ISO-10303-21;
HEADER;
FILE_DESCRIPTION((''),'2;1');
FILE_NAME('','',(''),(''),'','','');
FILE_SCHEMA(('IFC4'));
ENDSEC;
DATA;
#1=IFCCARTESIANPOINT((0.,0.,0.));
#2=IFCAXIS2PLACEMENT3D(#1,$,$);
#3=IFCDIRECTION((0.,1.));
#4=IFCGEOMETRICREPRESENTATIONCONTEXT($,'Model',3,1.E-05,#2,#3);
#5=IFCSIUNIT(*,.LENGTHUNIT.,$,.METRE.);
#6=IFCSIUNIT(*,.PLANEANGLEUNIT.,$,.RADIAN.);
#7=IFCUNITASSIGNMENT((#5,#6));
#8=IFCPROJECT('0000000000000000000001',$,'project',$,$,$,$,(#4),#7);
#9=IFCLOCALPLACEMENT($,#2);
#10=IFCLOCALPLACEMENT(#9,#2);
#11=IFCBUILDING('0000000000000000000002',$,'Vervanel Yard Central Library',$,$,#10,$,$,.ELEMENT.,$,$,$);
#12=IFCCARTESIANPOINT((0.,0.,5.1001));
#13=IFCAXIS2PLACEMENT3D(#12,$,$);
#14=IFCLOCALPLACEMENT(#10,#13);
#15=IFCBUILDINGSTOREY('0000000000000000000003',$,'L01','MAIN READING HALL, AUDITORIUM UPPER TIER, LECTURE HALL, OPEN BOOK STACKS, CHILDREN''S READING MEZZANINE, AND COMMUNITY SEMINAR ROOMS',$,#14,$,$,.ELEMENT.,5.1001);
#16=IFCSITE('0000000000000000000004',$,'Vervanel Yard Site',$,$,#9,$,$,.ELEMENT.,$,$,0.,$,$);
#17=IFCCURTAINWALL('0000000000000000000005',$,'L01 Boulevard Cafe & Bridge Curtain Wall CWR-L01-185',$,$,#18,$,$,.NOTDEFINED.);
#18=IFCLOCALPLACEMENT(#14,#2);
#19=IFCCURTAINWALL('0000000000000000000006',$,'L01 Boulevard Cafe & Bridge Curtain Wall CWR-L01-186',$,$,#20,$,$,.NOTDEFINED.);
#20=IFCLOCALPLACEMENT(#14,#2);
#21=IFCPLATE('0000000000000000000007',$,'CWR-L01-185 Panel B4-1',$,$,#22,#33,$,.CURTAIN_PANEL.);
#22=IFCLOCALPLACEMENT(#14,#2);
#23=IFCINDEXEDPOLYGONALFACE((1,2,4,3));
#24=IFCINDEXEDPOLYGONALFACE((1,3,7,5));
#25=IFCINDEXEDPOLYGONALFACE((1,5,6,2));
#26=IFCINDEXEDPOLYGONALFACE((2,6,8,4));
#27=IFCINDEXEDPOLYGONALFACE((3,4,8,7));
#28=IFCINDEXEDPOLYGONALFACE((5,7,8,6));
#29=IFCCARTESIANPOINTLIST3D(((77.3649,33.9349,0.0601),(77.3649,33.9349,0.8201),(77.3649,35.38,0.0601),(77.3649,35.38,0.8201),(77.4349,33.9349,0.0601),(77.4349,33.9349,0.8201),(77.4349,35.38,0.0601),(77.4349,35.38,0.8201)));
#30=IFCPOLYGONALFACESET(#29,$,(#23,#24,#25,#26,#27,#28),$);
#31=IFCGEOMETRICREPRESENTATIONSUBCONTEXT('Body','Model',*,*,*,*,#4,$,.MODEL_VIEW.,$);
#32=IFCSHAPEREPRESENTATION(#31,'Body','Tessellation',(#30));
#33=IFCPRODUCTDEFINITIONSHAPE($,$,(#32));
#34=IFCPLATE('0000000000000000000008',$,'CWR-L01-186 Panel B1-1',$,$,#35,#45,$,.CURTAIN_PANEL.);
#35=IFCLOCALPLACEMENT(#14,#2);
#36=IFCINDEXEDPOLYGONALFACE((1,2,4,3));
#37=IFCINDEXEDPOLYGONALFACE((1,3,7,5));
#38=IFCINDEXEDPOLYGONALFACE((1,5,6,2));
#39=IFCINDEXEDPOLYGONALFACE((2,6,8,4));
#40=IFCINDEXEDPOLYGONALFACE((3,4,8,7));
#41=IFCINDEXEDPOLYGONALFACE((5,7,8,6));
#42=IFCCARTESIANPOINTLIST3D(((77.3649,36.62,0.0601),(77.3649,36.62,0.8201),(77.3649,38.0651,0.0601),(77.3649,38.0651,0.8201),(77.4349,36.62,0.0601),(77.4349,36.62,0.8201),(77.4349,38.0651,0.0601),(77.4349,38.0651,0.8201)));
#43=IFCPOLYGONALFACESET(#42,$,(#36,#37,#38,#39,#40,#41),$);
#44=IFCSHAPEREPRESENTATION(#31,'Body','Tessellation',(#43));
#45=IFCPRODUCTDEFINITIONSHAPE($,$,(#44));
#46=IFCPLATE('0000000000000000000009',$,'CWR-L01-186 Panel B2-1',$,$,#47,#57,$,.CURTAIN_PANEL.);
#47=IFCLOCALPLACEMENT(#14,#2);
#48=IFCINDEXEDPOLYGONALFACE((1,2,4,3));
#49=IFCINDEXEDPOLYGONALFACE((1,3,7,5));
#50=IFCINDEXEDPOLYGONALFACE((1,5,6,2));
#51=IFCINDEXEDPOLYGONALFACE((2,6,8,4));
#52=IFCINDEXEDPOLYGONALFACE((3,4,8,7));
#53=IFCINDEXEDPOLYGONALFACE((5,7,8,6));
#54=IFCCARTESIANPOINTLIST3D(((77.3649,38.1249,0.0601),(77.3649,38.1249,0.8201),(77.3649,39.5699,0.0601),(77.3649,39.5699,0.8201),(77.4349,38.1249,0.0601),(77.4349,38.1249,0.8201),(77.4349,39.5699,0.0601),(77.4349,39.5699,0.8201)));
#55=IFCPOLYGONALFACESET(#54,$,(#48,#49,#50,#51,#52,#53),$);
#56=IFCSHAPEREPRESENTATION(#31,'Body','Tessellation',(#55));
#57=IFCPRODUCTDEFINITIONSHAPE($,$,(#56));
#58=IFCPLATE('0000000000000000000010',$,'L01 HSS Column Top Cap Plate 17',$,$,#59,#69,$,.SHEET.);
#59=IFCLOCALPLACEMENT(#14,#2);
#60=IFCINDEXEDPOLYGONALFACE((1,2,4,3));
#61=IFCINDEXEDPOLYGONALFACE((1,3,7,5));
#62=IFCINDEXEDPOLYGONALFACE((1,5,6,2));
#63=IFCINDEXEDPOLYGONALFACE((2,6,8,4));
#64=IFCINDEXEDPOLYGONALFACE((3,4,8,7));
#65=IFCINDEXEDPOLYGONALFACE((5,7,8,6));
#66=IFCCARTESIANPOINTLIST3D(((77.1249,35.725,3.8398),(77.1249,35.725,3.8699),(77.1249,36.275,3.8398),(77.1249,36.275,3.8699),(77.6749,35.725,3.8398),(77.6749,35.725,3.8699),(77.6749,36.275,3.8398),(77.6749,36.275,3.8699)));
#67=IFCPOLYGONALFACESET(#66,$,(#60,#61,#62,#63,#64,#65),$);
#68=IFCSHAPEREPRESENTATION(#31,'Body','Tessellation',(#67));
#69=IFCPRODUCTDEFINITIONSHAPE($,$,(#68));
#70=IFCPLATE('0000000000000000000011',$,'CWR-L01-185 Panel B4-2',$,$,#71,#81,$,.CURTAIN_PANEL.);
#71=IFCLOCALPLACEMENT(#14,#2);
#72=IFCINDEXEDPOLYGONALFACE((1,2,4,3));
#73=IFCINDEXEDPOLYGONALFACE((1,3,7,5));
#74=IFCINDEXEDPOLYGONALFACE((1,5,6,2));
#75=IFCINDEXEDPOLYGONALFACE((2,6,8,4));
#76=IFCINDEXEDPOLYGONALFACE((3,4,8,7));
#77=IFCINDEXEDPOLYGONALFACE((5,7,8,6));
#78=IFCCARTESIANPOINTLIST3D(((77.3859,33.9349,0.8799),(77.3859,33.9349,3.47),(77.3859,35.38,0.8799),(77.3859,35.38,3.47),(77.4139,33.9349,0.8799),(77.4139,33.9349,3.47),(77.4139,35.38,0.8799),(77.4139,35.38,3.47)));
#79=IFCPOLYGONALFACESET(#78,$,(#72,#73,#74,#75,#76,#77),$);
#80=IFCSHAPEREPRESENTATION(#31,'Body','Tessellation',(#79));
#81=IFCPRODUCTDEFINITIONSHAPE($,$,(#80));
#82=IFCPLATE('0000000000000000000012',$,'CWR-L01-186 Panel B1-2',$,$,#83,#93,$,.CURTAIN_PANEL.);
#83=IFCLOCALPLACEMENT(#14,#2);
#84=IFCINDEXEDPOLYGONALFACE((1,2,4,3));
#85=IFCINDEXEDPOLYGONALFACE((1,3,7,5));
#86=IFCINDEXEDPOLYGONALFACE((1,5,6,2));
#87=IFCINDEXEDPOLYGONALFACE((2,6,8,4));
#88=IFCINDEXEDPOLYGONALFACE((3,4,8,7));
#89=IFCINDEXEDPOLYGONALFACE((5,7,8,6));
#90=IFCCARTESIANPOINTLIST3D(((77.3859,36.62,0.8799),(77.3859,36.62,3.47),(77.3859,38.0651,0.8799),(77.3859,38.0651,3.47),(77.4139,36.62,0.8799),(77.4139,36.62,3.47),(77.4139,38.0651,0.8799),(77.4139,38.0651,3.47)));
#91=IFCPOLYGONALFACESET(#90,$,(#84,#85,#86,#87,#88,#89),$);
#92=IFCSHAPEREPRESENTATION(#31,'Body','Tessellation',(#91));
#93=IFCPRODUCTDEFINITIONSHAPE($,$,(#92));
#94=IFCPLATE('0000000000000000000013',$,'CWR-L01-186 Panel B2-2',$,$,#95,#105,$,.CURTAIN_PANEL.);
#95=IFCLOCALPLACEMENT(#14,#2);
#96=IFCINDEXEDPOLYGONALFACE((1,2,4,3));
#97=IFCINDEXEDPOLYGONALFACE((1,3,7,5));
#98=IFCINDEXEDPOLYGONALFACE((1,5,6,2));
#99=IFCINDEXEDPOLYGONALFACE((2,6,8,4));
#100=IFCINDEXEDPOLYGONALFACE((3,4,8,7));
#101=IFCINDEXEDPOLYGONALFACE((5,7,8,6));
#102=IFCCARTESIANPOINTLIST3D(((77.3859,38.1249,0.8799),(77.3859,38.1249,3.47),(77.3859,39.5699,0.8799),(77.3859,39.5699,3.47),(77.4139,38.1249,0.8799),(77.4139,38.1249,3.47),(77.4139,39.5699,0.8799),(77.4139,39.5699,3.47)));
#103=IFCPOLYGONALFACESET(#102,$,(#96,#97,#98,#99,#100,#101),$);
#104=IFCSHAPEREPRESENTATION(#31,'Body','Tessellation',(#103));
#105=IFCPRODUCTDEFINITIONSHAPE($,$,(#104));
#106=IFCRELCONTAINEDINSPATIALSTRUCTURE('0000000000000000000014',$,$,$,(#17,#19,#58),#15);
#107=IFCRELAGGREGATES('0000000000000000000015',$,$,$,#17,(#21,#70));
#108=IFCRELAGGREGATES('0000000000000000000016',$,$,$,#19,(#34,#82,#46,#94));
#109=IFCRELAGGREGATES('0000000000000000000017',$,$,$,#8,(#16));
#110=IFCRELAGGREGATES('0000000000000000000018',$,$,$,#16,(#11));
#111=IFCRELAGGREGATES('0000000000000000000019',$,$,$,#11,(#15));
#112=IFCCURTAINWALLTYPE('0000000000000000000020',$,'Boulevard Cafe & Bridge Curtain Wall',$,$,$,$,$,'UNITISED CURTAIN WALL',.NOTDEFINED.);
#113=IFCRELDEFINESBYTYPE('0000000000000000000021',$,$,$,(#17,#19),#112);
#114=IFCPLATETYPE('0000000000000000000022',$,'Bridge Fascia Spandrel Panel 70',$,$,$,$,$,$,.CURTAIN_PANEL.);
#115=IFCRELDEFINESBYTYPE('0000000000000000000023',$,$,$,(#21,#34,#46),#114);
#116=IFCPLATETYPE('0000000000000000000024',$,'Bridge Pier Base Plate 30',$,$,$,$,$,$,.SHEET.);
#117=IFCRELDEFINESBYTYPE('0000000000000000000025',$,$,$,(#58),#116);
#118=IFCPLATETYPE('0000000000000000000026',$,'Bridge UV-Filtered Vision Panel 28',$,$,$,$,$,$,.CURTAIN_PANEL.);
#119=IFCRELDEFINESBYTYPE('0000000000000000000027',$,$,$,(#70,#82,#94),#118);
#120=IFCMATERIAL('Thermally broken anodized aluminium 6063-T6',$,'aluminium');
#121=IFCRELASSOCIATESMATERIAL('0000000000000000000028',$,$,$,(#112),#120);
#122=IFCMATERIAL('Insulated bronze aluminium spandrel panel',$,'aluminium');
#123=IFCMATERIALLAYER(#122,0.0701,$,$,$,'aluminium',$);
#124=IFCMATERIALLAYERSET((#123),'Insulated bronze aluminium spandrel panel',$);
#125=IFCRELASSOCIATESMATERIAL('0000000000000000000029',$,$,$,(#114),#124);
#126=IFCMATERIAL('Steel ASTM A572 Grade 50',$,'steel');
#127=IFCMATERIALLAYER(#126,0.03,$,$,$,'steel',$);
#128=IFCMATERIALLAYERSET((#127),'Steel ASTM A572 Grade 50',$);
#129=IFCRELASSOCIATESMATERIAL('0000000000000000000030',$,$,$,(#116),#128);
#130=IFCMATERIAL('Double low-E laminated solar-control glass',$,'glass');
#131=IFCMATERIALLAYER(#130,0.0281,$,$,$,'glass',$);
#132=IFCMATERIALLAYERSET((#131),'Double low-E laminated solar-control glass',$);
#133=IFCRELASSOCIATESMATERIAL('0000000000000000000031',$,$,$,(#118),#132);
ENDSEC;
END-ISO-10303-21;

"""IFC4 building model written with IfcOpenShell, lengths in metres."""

from ifc_helpers import new_model, si_unit, direction, frame, origin, origin_2d, place, context, subcontext, project, spatial, rectangle, extrude, material, layer, layer_set, type_object, element, aggregate, save


model = new_model("IFC4")

# Units and contexts
model_context = context("Model", 3, precision=1e-05, world=origin(), true_north=direction((0.0, 1.0)))
body_context = subcontext(model_context, "Body", "Model", "MODEL_VIEW")
ifc_project = project(units=[si_unit("LENGTHUNIT", "METRE"), si_unit("PLANEANGLEUNIT", "RADIAN")], contexts=[model_context])

# Site, building, storey
site_placement = place(None, origin())
site = spatial("IfcSite", under=ifc_project, at=site_placement, Name="Vervanel Yard Site", CompositionType="ELEMENT", RefElevation=0.0)
building_placement = place(site_placement, origin())
building = spatial("IfcBuilding", under=site, at=building_placement, Name="Vervanel Yard Central Library", CompositionType="ELEMENT")
storey_placement = place(building_placement, frame((0.0, 0.0, 5.1001)))
storey = spatial("IfcBuildingStorey", under=building, at=storey_placement, Name="L01", Description="MAIN READING HALL, AUDITORIUM UPPER TIER, LECTURE HALL, OPEN BOOK STACKS, CHILDREN'S READING MEZZANINE, AND COMMUNITY SEMINAR ROOMS", CompositionType="ELEMENT", Elevation=5.1001)

# Curtain wall
ifc_material_1 = material(Name="Thermally broken anodized aluminium 6063-T6", Category="aluminium")
curtain_wall_type = type_object("IfcCurtainWallType", Name="Boulevard Cafe & Bridge Curtain Wall", ElementType="UNITISED CURTAIN WALL", PredefinedType="NOTDEFINED", material=ifc_material_1)
curtain_wall_1_placement = place(storey_placement, origin())
curtain_wall_1 = element("IfcCurtainWall", 1, at=curtain_wall_1_placement, inside=storey, type_object=curtain_wall_type, Name="L01 Boulevard Cafe & Bridge Curtain Wall CWR-L01-185", PredefinedType="NOTDEFINED")

# Curtain wall
curtain_wall_2_placement = place(storey_placement, origin())
curtain_wall_2 = element("IfcCurtainWall", 2, at=curtain_wall_2_placement, inside=storey, type_object=curtain_wall_type, Name="L01 Boulevard Cafe & Bridge Curtain Wall CWR-L01-186", PredefinedType="NOTDEFINED")

# Plates
ifc_material_2 = material(Name="Insulated bronze aluminium spandrel panel", Category="aluminium")
ifc_layer_1 = layer(ifc_material_2, 0.0701, Category="aluminium")
ifc_layer_set_1 = layer_set([ifc_layer_1], Name="Insulated bronze aluminium spandrel panel")
plate_type_1 = type_object("IfcPlateType", Name="Bridge Fascia Spandrel Panel 70", PredefinedType="CURTAIN_PANEL", material=ifc_layer_set_1)
plate_1_placement = place(storey_placement, frame((77.3999, 34.6575, 0.0601), z_axis=(0.0, 0.0, 1.0), x_axis=(0.0, 1.0, 0.0)))
plate_1 = element("IfcPlate", 3, at=plate_1_placement, type_object=plate_type_1, Name="CWR-L01-185 Panel B4-1", PredefinedType="CURTAIN_PANEL", context=body_context, shape_type="SweptSolid", body=[
    extrude(rectangle(XDim=1.4451, YDim=0.0701, at=origin_2d()), origin(), (0.0, 0.0, 1.0), 0.76),
])
plate_2_placement = place(storey_placement, frame((77.3999, 37.3425, 0.0601), z_axis=(0.0, 0.0, 1.0), x_axis=(0.0, 1.0, 0.0)))
plate_2 = element("IfcPlate", 4, at=plate_2_placement, type_object=plate_type_1, Name="CWR-L01-186 Panel B1-1", PredefinedType="CURTAIN_PANEL", context=body_context, shape_type="SweptSolid", body=[
    extrude(rectangle(XDim=1.4451, YDim=0.0701, at=origin_2d()), origin(), (0.0, 0.0, 1.0), 0.76),
])
plate_3_placement = place(storey_placement, frame((77.3999, 38.8474, 0.0601), z_axis=(0.0, 0.0, 1.0), x_axis=(0.0, 1.0, 0.0)))
plate_3 = element("IfcPlate", 5, at=plate_3_placement, type_object=plate_type_1, Name="CWR-L01-186 Panel B2-1", PredefinedType="CURTAIN_PANEL", context=body_context, shape_type="SweptSolid", body=[
    extrude(rectangle(XDim=1.4451, YDim=0.0701, at=origin_2d()), origin(), (0.0, 0.0, 1.0), 0.76),
])
ifc_material_3 = material(Name="Steel ASTM A572 Grade 50", Category="steel")
ifc_layer_2 = layer(ifc_material_3, 0.03, Category="steel")
ifc_layer_set_2 = layer_set([ifc_layer_2], Name="Steel ASTM A572 Grade 50")
plate_type_2 = type_object("IfcPlateType", Name="Bridge Pier Base Plate 30", PredefinedType="SHEET", material=ifc_layer_set_2)
plate_4_placement = place(storey_placement, frame((77.3999, 36.0, 3.8398), z_axis=(0.0, 0.0, 1.0), x_axis=(1.0, 0.0, 0.0)))
element("IfcPlate", 6, at=plate_4_placement, inside=storey, type_object=plate_type_2, Name="L01 HSS Column Top Cap Plate 17", PredefinedType="SHEET", context=body_context, shape_type="SweptSolid", body=[
    extrude(rectangle(XDim=0.55, YDim=0.55, at=origin_2d()), origin(), (0.0, 0.0, 1.0), 0.03),
])
ifc_material_4 = material(Name="Double low-E laminated solar-control glass", Category="glass")
ifc_layer_3 = layer(ifc_material_4, 0.0281, Category="glass")
ifc_layer_set_3 = layer_set([ifc_layer_3], Name="Double low-E laminated solar-control glass")
plate_type_3 = type_object("IfcPlateType", Name="Bridge UV-Filtered Vision Panel 28", PredefinedType="CURTAIN_PANEL", material=ifc_layer_set_3)
plate_5_placement = place(storey_placement, frame((77.3999, 34.6575, 0.8799), z_axis=(0.0, 0.0, 1.0), x_axis=(0.0, 1.0, 0.0)))
plate_5 = element("IfcPlate", 7, at=plate_5_placement, type_object=plate_type_3, Name="CWR-L01-185 Panel B4-2", PredefinedType="CURTAIN_PANEL", context=body_context, shape_type="SweptSolid", body=[
    extrude(rectangle(XDim=1.4451, YDim=0.0281, at=origin_2d()), origin(), (0.0, 0.0, 1.0), 2.5901),
])
aggregate(curtain_wall_1, [plate_1, plate_5])
plate_6_placement = place(storey_placement, frame((77.3999, 37.3425, 0.8799), z_axis=(0.0, 0.0, 1.0), x_axis=(0.0, 1.0, 0.0)))
plate_6 = element("IfcPlate", 8, at=plate_6_placement, type_object=plate_type_3, Name="CWR-L01-186 Panel B1-2", PredefinedType="CURTAIN_PANEL", context=body_context, shape_type="SweptSolid", body=[
    extrude(rectangle(XDim=1.4451, YDim=0.0281, at=origin_2d()), origin(), (0.0, 0.0, 1.0), 2.5901),
])
plate_7_placement = place(storey_placement, frame((77.3999, 38.8474, 0.8799), z_axis=(0.0, 0.0, 1.0), x_axis=(0.0, 1.0, 0.0)))
plate_7 = element("IfcPlate", 9, at=plate_7_placement, type_object=plate_type_3, Name="CWR-L01-186 Panel B2-2", PredefinedType="CURTAIN_PANEL", context=body_context, shape_type="SweptSolid", body=[
    extrude(rectangle(XDim=1.4451, YDim=0.0281, at=origin_2d()), origin(), (0.0, 0.0, 1.0), 2.5901),
])
aggregate(curtain_wall_2, [plate_2, plate_6, plate_3, plate_7])

save(model, "model.ifc")
